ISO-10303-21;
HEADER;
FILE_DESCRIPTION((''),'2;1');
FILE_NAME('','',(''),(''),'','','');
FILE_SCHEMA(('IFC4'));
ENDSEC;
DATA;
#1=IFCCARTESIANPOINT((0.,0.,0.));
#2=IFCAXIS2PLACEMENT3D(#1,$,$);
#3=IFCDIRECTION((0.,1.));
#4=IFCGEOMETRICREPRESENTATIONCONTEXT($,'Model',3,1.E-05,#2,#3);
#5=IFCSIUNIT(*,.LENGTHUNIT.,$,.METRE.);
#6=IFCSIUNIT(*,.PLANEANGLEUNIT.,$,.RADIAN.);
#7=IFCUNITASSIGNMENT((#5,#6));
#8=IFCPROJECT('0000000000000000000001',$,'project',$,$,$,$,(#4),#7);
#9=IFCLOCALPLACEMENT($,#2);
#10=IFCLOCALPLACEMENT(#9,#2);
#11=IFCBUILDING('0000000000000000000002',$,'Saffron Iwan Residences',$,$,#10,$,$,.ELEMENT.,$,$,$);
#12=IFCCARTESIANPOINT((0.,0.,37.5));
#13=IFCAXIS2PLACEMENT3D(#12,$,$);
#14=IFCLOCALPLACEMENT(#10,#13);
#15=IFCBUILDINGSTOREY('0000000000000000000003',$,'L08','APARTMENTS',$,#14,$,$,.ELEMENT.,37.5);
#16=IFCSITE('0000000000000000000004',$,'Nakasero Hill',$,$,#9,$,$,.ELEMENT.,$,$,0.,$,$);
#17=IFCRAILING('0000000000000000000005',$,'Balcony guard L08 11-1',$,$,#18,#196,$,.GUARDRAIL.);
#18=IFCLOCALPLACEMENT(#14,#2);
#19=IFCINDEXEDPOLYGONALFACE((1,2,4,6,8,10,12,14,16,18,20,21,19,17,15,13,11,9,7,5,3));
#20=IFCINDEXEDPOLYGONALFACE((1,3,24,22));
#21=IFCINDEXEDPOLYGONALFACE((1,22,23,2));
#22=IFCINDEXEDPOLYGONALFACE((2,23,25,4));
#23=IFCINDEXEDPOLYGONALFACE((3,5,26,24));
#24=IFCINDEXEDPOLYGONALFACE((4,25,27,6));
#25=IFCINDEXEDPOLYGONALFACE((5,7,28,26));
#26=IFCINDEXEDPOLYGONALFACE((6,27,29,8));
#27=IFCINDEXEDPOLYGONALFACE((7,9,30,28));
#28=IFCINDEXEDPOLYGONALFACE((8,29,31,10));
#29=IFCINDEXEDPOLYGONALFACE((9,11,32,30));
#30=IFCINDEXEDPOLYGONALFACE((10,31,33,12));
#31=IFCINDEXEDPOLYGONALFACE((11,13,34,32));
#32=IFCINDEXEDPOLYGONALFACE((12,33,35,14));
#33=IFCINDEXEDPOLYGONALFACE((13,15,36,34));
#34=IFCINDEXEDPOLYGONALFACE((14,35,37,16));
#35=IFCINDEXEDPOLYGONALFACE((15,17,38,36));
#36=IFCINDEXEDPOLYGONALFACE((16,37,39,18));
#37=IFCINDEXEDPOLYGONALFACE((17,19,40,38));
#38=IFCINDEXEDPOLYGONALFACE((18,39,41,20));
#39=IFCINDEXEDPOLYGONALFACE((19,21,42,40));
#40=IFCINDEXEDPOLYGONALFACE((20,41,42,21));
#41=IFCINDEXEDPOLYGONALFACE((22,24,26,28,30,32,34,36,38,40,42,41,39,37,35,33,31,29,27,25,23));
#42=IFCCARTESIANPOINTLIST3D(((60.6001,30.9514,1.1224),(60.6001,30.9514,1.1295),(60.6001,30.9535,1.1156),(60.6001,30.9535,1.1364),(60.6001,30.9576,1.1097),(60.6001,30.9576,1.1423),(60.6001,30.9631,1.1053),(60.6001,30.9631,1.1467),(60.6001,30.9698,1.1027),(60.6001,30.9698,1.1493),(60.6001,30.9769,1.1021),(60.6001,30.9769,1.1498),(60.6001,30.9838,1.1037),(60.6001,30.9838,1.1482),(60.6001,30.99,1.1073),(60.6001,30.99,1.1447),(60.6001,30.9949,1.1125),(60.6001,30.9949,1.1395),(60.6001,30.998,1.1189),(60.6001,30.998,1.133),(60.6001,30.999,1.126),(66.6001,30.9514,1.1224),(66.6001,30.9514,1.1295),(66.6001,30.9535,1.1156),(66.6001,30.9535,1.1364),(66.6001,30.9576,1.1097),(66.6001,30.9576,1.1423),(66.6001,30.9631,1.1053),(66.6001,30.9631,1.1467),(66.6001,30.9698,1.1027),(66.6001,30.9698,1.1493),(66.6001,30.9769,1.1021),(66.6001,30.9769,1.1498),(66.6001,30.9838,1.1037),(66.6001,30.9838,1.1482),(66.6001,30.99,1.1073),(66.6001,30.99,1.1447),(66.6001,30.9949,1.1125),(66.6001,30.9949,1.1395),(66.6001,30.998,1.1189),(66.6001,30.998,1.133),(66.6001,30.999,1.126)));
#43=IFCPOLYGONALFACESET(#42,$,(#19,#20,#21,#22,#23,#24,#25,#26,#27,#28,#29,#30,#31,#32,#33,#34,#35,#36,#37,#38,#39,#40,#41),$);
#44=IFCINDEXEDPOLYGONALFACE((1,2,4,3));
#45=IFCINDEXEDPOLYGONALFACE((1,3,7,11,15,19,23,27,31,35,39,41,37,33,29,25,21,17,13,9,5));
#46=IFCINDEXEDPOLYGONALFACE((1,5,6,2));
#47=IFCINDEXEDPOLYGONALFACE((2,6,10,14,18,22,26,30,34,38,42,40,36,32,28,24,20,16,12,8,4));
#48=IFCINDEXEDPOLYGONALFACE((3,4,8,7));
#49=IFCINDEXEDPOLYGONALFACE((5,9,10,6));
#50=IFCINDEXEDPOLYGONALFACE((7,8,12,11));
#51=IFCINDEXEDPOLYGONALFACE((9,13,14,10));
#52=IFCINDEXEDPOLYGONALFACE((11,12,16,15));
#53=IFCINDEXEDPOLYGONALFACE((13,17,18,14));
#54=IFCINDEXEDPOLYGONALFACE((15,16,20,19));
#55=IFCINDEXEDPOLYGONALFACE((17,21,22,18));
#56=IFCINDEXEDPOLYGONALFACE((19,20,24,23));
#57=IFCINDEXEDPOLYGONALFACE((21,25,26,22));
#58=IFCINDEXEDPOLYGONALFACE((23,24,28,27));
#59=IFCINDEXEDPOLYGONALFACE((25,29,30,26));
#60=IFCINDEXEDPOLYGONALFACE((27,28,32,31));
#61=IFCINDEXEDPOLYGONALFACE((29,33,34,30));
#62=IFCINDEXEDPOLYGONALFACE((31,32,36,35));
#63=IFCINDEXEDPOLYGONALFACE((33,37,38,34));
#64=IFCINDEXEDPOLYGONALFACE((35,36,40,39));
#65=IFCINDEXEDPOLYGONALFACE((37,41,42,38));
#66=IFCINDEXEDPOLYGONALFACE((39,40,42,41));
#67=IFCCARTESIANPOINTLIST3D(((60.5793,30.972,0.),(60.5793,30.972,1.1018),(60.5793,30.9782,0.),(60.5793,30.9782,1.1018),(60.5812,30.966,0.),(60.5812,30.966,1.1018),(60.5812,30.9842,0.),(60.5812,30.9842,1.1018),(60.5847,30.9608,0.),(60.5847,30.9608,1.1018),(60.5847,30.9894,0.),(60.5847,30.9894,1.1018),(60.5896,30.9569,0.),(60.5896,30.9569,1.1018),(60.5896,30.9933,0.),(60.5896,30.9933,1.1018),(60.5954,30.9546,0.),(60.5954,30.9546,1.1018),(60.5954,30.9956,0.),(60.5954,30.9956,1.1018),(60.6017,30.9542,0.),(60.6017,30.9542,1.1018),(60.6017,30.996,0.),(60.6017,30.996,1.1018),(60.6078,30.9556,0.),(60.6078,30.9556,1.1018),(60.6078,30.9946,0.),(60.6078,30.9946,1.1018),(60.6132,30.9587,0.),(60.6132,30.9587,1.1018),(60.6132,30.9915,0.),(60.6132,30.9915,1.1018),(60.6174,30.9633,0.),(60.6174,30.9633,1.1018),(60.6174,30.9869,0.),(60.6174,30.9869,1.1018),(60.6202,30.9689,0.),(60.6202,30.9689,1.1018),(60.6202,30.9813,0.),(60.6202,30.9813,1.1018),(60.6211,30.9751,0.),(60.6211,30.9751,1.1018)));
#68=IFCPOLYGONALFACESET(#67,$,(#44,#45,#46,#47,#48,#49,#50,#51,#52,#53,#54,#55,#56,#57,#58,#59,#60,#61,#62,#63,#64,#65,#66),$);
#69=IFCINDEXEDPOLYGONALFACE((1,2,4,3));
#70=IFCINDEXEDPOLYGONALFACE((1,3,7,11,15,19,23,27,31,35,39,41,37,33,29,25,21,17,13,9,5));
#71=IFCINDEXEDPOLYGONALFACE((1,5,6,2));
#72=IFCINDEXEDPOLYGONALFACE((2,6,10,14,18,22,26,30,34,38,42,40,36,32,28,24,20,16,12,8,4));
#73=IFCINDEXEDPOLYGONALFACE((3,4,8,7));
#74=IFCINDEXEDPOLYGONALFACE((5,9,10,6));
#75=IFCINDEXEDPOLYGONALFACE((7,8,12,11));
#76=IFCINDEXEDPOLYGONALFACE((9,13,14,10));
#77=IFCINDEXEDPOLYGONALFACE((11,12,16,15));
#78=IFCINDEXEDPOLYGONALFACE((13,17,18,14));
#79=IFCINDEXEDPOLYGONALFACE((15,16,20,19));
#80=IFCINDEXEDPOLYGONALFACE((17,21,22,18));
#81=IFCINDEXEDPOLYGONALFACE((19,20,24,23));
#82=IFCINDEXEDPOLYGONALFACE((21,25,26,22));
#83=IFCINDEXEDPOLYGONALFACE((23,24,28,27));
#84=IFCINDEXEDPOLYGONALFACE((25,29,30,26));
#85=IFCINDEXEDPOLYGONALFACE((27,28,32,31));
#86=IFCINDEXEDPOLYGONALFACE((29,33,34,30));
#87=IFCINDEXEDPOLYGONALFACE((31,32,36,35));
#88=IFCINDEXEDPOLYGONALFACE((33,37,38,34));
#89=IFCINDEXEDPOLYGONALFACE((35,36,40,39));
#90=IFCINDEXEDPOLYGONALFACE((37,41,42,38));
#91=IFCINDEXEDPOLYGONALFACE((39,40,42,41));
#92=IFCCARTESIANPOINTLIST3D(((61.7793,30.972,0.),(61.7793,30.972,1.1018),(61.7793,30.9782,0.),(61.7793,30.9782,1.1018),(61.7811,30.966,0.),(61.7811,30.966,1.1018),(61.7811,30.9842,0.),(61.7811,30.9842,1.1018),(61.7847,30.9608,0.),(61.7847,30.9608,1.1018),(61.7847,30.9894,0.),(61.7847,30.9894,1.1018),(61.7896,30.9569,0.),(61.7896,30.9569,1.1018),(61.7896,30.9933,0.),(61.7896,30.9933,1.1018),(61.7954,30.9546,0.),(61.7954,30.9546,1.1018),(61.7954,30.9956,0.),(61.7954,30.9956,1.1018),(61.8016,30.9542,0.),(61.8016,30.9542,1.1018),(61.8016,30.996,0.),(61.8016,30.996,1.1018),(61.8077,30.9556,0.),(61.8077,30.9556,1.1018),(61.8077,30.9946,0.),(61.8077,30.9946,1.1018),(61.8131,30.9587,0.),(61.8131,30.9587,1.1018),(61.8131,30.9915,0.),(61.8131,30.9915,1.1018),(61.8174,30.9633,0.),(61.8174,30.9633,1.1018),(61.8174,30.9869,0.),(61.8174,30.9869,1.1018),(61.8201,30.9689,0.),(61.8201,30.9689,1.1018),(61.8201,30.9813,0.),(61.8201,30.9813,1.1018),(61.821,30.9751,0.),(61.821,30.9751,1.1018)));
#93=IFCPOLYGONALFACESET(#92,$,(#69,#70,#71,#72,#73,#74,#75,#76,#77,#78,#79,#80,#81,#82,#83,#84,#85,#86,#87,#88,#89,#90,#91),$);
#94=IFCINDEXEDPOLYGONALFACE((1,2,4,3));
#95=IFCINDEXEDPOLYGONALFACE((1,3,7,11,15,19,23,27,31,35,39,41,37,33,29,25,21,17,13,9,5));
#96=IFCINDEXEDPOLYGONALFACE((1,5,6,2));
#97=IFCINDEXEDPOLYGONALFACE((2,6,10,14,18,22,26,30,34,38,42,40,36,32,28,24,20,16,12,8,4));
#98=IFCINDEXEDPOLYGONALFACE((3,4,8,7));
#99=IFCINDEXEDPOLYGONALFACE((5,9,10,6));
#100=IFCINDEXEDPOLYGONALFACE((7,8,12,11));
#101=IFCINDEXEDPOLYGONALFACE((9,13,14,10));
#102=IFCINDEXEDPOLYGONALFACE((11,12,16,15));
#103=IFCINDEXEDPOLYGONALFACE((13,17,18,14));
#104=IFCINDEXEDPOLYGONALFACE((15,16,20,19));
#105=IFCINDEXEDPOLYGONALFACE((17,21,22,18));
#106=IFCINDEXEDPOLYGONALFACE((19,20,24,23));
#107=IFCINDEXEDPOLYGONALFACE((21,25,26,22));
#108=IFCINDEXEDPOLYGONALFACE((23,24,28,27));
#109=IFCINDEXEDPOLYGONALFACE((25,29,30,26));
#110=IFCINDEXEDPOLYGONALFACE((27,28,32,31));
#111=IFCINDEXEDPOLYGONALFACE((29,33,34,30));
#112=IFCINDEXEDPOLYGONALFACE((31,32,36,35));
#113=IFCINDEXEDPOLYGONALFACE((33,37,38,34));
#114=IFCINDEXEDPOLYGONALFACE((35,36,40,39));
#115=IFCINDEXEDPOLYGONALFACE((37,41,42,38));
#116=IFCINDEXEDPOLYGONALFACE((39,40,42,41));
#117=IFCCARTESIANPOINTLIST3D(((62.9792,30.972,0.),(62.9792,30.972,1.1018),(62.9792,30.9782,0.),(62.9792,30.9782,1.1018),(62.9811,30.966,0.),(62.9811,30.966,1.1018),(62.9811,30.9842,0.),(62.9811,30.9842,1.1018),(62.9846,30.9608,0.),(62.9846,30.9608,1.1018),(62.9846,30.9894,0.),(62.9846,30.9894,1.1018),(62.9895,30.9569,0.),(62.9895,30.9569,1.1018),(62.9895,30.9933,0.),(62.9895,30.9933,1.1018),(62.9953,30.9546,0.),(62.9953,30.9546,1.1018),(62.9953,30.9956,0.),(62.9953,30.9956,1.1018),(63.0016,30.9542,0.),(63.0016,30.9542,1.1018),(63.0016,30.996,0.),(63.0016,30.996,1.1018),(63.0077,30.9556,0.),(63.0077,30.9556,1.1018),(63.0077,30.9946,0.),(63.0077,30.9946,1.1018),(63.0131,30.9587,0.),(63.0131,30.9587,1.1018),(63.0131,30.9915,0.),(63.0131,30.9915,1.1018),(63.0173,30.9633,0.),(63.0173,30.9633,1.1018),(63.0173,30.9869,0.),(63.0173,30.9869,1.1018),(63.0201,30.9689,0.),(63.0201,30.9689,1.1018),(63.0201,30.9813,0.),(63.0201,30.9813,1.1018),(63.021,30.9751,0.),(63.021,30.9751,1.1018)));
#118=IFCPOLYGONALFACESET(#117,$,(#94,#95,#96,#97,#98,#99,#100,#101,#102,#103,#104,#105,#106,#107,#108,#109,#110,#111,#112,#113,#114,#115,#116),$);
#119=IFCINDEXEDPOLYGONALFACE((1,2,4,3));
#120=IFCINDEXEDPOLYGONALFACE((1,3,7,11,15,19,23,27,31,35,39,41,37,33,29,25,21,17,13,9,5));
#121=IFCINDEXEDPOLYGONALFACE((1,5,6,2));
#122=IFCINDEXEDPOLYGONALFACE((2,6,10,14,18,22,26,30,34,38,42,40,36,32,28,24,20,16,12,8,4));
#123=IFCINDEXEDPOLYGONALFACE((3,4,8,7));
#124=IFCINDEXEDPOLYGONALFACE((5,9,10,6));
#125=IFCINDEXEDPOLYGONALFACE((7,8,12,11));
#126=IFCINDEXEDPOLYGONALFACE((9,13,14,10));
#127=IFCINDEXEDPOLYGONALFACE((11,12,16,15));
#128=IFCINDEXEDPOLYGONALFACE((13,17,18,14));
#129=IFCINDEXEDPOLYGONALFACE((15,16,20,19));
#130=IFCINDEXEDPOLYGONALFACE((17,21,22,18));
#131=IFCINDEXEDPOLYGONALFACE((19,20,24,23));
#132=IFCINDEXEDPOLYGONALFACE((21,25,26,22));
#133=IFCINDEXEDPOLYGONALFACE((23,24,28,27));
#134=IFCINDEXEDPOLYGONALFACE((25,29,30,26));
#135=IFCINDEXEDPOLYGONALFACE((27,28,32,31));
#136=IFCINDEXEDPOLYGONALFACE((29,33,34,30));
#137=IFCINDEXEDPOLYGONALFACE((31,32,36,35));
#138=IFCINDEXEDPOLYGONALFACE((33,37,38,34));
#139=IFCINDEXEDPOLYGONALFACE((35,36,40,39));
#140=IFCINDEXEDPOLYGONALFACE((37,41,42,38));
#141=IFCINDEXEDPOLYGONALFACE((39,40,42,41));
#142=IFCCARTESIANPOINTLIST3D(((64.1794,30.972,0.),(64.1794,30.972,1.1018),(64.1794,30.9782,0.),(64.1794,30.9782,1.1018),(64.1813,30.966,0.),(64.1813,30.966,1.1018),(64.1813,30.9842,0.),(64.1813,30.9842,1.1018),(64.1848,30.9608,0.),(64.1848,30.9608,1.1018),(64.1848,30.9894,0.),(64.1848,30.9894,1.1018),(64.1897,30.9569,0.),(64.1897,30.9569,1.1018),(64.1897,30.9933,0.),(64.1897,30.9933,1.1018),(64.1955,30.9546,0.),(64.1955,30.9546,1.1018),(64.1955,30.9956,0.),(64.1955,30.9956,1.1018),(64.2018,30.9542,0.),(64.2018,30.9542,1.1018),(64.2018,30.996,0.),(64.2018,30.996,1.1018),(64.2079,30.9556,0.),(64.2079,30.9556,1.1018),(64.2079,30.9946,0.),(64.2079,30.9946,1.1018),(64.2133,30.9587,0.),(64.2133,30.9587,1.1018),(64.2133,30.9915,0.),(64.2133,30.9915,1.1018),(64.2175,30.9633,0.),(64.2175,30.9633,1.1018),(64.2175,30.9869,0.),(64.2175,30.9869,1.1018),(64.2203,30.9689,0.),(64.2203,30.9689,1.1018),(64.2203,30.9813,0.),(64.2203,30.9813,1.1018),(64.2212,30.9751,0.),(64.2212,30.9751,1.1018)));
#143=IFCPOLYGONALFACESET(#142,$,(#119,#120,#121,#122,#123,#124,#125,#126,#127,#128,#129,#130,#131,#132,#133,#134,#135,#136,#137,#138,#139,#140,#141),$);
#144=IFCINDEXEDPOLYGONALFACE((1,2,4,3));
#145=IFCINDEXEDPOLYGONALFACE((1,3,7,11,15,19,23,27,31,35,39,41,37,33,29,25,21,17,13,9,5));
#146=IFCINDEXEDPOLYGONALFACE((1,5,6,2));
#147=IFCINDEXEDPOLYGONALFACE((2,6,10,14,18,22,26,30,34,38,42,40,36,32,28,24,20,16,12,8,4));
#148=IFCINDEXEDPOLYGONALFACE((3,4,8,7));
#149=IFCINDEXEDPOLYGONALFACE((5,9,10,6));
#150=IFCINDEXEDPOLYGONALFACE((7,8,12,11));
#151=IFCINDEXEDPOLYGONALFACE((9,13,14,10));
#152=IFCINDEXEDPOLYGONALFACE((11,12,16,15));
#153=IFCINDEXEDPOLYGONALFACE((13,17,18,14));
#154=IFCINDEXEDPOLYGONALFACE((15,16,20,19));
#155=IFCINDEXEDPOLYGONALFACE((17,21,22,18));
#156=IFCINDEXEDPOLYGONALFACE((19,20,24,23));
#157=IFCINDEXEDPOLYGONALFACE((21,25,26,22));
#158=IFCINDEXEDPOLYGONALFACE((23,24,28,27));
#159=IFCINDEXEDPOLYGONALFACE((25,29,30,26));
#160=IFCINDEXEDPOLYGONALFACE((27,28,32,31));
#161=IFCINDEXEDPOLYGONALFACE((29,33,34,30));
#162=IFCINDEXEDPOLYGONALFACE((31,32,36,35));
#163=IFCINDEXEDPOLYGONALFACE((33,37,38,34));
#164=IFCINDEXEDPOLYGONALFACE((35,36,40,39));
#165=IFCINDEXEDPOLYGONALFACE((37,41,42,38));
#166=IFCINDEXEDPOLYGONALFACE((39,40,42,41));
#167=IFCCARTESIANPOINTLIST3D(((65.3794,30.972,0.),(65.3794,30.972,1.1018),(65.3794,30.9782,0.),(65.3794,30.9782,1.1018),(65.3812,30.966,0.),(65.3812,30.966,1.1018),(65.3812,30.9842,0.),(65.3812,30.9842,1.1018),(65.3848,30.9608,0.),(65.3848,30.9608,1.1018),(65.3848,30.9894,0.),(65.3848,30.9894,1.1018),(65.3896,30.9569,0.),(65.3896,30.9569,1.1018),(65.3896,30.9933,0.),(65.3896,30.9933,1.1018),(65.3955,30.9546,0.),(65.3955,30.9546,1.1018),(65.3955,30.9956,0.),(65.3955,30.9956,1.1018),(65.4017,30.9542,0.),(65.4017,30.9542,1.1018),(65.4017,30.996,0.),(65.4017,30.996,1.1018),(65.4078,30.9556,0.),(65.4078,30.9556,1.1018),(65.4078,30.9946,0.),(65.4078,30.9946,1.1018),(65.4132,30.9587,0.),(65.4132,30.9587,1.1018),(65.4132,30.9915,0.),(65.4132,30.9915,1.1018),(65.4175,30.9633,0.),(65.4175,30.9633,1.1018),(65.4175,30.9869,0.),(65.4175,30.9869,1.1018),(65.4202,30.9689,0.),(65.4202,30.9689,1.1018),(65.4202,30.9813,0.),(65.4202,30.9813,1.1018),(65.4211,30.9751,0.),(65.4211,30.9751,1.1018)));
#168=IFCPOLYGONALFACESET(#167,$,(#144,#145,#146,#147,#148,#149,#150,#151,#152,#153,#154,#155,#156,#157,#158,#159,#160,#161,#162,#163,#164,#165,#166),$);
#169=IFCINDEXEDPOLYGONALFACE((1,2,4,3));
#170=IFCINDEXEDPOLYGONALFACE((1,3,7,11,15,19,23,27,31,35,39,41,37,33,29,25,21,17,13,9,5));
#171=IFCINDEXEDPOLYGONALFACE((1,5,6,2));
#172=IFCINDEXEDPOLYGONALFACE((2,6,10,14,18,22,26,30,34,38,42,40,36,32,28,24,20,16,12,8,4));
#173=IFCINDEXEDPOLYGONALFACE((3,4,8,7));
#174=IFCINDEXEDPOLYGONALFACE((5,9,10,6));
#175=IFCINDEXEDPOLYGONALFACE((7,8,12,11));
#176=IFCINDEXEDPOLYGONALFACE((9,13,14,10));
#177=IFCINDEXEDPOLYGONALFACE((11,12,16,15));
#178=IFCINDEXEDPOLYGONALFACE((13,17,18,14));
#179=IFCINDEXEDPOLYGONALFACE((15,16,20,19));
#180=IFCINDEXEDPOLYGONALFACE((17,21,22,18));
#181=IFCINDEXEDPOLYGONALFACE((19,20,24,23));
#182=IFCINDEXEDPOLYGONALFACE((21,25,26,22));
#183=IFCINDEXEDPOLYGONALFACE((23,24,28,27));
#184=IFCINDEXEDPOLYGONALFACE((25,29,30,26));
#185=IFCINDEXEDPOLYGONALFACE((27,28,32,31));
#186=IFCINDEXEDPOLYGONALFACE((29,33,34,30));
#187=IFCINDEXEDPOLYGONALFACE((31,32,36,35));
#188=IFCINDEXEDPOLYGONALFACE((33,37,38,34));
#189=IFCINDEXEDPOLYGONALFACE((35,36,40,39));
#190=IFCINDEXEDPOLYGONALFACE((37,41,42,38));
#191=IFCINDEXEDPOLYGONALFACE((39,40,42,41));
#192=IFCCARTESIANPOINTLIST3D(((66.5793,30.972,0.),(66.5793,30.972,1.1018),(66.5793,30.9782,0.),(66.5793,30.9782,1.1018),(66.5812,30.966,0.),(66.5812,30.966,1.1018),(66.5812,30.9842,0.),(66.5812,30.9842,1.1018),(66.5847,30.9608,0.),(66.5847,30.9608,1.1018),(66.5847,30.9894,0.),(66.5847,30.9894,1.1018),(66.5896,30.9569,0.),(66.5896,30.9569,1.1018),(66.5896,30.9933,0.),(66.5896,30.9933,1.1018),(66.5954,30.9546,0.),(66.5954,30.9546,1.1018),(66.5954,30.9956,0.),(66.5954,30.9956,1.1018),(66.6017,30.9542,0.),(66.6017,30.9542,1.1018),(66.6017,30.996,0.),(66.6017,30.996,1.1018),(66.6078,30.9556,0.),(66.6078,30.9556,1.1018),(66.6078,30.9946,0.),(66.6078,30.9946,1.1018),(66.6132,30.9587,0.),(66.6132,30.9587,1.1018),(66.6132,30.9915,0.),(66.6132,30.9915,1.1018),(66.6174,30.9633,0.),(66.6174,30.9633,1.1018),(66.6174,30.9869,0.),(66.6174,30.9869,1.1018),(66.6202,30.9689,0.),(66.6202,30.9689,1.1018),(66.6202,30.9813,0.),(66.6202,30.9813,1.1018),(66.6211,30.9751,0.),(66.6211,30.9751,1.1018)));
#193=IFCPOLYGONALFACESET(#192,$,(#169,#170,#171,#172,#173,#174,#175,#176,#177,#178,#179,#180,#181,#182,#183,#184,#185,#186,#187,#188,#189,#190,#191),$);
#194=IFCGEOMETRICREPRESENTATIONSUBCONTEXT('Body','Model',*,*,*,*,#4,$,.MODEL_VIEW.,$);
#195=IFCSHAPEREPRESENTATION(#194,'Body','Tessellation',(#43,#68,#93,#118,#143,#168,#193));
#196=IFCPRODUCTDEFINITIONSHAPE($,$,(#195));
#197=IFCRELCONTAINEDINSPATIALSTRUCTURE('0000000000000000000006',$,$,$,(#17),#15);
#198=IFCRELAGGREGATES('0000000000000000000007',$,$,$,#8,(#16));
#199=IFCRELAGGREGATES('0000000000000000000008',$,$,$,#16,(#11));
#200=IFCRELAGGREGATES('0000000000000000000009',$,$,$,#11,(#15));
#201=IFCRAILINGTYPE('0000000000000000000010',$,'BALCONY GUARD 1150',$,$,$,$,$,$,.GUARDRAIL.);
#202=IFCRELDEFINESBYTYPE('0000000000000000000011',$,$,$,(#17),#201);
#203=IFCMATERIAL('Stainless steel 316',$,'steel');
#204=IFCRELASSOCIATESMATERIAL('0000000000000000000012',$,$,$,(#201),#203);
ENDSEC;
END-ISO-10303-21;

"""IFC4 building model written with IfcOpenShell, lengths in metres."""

from ifc_helpers import new_model, si_unit, direction, frame, origin, origin_2d, place, context, subcontext, project, spatial, circle, extrude, material, type_object, element, save


model = new_model("IFC4")

# Units and contexts
model_context = context("Model", 3, precision=1e-05, world=origin(), true_north=direction((0.0, 1.0)))
body_context = subcontext(model_context, "Body", "Model", "MODEL_VIEW")
ifc_project = project(units=[si_unit("LENGTHUNIT", "METRE"), si_unit("PLANEANGLEUNIT", "RADIAN")], contexts=[model_context])

# Site, building, storey
site_placement = place(None, origin())
site = spatial("IfcSite", under=ifc_project, at=site_placement, Name="Nakasero Hill", CompositionType="ELEMENT", RefElevation=0.0)
building_placement = place(site_placement, origin())
building = spatial("IfcBuilding", under=site, at=building_placement, Name="Saffron Iwan Residences", CompositionType="ELEMENT")
storey_placement = place(building_placement, frame((0.0, 0.0, 37.5)))
storey = spatial("IfcBuildingStorey", under=building, at=storey_placement, Name="L08", Description="APARTMENTS", CompositionType="ELEMENT", Elevation=37.5)

# Railing
ifc_material_1 = material(Name="Stainless steel 316", Category="steel")
railing_type = type_object("IfcRailingType", Name="BALCONY GUARD 1150", PredefinedType="GUARDRAIL", material=ifc_material_1)
railing_placement = place(storey_placement, frame((60.6001, 30.9751, 0.0)))
element("IfcRailing", 1, at=railing_placement, inside=storey, type_object=railing_type, Name="Balcony guard L08 11-1", PredefinedType="GUARDRAIL", context=body_context, shape_type="SweptSolid", body=[
    extrude(circle(Radius=0.0239, at=origin_2d()), frame((0.0, 0.0, 1.126), z_axis=(1.0, 0.0, 0.0), x_axis=(0.0, 1.0, 0.0)), (0.0, 0.0, 1.0), 6.0),
    extrude(circle(Radius=0.021, at=origin_2d()), origin(), (0.0, 0.0, 1.0), 1.1018),
    extrude(circle(Radius=0.021, at=origin_2d()), frame((1.2, 0.0, 0.0)), (0.0, 0.0, 1.0), 1.1018),
    extrude(circle(Radius=0.021, at=origin_2d()), frame((2.3999, 0.0, 0.0)), (0.0, 0.0, 1.0), 1.1018),
    extrude(circle(Radius=0.021, at=origin_2d()), frame((3.6001, 0.0, 0.0)), (0.0, 0.0, 1.0), 1.1018),
    extrude(circle(Radius=0.021, at=origin_2d()), frame((4.8, 0.0, 0.0)), (0.0, 0.0, 1.0), 1.1018),
    extrude(circle(Radius=0.021, at=origin_2d()), frame((6.0, 0.0, 0.0)), (0.0, 0.0, 1.0), 1.1018),
])

save(model, "model.ifc")
